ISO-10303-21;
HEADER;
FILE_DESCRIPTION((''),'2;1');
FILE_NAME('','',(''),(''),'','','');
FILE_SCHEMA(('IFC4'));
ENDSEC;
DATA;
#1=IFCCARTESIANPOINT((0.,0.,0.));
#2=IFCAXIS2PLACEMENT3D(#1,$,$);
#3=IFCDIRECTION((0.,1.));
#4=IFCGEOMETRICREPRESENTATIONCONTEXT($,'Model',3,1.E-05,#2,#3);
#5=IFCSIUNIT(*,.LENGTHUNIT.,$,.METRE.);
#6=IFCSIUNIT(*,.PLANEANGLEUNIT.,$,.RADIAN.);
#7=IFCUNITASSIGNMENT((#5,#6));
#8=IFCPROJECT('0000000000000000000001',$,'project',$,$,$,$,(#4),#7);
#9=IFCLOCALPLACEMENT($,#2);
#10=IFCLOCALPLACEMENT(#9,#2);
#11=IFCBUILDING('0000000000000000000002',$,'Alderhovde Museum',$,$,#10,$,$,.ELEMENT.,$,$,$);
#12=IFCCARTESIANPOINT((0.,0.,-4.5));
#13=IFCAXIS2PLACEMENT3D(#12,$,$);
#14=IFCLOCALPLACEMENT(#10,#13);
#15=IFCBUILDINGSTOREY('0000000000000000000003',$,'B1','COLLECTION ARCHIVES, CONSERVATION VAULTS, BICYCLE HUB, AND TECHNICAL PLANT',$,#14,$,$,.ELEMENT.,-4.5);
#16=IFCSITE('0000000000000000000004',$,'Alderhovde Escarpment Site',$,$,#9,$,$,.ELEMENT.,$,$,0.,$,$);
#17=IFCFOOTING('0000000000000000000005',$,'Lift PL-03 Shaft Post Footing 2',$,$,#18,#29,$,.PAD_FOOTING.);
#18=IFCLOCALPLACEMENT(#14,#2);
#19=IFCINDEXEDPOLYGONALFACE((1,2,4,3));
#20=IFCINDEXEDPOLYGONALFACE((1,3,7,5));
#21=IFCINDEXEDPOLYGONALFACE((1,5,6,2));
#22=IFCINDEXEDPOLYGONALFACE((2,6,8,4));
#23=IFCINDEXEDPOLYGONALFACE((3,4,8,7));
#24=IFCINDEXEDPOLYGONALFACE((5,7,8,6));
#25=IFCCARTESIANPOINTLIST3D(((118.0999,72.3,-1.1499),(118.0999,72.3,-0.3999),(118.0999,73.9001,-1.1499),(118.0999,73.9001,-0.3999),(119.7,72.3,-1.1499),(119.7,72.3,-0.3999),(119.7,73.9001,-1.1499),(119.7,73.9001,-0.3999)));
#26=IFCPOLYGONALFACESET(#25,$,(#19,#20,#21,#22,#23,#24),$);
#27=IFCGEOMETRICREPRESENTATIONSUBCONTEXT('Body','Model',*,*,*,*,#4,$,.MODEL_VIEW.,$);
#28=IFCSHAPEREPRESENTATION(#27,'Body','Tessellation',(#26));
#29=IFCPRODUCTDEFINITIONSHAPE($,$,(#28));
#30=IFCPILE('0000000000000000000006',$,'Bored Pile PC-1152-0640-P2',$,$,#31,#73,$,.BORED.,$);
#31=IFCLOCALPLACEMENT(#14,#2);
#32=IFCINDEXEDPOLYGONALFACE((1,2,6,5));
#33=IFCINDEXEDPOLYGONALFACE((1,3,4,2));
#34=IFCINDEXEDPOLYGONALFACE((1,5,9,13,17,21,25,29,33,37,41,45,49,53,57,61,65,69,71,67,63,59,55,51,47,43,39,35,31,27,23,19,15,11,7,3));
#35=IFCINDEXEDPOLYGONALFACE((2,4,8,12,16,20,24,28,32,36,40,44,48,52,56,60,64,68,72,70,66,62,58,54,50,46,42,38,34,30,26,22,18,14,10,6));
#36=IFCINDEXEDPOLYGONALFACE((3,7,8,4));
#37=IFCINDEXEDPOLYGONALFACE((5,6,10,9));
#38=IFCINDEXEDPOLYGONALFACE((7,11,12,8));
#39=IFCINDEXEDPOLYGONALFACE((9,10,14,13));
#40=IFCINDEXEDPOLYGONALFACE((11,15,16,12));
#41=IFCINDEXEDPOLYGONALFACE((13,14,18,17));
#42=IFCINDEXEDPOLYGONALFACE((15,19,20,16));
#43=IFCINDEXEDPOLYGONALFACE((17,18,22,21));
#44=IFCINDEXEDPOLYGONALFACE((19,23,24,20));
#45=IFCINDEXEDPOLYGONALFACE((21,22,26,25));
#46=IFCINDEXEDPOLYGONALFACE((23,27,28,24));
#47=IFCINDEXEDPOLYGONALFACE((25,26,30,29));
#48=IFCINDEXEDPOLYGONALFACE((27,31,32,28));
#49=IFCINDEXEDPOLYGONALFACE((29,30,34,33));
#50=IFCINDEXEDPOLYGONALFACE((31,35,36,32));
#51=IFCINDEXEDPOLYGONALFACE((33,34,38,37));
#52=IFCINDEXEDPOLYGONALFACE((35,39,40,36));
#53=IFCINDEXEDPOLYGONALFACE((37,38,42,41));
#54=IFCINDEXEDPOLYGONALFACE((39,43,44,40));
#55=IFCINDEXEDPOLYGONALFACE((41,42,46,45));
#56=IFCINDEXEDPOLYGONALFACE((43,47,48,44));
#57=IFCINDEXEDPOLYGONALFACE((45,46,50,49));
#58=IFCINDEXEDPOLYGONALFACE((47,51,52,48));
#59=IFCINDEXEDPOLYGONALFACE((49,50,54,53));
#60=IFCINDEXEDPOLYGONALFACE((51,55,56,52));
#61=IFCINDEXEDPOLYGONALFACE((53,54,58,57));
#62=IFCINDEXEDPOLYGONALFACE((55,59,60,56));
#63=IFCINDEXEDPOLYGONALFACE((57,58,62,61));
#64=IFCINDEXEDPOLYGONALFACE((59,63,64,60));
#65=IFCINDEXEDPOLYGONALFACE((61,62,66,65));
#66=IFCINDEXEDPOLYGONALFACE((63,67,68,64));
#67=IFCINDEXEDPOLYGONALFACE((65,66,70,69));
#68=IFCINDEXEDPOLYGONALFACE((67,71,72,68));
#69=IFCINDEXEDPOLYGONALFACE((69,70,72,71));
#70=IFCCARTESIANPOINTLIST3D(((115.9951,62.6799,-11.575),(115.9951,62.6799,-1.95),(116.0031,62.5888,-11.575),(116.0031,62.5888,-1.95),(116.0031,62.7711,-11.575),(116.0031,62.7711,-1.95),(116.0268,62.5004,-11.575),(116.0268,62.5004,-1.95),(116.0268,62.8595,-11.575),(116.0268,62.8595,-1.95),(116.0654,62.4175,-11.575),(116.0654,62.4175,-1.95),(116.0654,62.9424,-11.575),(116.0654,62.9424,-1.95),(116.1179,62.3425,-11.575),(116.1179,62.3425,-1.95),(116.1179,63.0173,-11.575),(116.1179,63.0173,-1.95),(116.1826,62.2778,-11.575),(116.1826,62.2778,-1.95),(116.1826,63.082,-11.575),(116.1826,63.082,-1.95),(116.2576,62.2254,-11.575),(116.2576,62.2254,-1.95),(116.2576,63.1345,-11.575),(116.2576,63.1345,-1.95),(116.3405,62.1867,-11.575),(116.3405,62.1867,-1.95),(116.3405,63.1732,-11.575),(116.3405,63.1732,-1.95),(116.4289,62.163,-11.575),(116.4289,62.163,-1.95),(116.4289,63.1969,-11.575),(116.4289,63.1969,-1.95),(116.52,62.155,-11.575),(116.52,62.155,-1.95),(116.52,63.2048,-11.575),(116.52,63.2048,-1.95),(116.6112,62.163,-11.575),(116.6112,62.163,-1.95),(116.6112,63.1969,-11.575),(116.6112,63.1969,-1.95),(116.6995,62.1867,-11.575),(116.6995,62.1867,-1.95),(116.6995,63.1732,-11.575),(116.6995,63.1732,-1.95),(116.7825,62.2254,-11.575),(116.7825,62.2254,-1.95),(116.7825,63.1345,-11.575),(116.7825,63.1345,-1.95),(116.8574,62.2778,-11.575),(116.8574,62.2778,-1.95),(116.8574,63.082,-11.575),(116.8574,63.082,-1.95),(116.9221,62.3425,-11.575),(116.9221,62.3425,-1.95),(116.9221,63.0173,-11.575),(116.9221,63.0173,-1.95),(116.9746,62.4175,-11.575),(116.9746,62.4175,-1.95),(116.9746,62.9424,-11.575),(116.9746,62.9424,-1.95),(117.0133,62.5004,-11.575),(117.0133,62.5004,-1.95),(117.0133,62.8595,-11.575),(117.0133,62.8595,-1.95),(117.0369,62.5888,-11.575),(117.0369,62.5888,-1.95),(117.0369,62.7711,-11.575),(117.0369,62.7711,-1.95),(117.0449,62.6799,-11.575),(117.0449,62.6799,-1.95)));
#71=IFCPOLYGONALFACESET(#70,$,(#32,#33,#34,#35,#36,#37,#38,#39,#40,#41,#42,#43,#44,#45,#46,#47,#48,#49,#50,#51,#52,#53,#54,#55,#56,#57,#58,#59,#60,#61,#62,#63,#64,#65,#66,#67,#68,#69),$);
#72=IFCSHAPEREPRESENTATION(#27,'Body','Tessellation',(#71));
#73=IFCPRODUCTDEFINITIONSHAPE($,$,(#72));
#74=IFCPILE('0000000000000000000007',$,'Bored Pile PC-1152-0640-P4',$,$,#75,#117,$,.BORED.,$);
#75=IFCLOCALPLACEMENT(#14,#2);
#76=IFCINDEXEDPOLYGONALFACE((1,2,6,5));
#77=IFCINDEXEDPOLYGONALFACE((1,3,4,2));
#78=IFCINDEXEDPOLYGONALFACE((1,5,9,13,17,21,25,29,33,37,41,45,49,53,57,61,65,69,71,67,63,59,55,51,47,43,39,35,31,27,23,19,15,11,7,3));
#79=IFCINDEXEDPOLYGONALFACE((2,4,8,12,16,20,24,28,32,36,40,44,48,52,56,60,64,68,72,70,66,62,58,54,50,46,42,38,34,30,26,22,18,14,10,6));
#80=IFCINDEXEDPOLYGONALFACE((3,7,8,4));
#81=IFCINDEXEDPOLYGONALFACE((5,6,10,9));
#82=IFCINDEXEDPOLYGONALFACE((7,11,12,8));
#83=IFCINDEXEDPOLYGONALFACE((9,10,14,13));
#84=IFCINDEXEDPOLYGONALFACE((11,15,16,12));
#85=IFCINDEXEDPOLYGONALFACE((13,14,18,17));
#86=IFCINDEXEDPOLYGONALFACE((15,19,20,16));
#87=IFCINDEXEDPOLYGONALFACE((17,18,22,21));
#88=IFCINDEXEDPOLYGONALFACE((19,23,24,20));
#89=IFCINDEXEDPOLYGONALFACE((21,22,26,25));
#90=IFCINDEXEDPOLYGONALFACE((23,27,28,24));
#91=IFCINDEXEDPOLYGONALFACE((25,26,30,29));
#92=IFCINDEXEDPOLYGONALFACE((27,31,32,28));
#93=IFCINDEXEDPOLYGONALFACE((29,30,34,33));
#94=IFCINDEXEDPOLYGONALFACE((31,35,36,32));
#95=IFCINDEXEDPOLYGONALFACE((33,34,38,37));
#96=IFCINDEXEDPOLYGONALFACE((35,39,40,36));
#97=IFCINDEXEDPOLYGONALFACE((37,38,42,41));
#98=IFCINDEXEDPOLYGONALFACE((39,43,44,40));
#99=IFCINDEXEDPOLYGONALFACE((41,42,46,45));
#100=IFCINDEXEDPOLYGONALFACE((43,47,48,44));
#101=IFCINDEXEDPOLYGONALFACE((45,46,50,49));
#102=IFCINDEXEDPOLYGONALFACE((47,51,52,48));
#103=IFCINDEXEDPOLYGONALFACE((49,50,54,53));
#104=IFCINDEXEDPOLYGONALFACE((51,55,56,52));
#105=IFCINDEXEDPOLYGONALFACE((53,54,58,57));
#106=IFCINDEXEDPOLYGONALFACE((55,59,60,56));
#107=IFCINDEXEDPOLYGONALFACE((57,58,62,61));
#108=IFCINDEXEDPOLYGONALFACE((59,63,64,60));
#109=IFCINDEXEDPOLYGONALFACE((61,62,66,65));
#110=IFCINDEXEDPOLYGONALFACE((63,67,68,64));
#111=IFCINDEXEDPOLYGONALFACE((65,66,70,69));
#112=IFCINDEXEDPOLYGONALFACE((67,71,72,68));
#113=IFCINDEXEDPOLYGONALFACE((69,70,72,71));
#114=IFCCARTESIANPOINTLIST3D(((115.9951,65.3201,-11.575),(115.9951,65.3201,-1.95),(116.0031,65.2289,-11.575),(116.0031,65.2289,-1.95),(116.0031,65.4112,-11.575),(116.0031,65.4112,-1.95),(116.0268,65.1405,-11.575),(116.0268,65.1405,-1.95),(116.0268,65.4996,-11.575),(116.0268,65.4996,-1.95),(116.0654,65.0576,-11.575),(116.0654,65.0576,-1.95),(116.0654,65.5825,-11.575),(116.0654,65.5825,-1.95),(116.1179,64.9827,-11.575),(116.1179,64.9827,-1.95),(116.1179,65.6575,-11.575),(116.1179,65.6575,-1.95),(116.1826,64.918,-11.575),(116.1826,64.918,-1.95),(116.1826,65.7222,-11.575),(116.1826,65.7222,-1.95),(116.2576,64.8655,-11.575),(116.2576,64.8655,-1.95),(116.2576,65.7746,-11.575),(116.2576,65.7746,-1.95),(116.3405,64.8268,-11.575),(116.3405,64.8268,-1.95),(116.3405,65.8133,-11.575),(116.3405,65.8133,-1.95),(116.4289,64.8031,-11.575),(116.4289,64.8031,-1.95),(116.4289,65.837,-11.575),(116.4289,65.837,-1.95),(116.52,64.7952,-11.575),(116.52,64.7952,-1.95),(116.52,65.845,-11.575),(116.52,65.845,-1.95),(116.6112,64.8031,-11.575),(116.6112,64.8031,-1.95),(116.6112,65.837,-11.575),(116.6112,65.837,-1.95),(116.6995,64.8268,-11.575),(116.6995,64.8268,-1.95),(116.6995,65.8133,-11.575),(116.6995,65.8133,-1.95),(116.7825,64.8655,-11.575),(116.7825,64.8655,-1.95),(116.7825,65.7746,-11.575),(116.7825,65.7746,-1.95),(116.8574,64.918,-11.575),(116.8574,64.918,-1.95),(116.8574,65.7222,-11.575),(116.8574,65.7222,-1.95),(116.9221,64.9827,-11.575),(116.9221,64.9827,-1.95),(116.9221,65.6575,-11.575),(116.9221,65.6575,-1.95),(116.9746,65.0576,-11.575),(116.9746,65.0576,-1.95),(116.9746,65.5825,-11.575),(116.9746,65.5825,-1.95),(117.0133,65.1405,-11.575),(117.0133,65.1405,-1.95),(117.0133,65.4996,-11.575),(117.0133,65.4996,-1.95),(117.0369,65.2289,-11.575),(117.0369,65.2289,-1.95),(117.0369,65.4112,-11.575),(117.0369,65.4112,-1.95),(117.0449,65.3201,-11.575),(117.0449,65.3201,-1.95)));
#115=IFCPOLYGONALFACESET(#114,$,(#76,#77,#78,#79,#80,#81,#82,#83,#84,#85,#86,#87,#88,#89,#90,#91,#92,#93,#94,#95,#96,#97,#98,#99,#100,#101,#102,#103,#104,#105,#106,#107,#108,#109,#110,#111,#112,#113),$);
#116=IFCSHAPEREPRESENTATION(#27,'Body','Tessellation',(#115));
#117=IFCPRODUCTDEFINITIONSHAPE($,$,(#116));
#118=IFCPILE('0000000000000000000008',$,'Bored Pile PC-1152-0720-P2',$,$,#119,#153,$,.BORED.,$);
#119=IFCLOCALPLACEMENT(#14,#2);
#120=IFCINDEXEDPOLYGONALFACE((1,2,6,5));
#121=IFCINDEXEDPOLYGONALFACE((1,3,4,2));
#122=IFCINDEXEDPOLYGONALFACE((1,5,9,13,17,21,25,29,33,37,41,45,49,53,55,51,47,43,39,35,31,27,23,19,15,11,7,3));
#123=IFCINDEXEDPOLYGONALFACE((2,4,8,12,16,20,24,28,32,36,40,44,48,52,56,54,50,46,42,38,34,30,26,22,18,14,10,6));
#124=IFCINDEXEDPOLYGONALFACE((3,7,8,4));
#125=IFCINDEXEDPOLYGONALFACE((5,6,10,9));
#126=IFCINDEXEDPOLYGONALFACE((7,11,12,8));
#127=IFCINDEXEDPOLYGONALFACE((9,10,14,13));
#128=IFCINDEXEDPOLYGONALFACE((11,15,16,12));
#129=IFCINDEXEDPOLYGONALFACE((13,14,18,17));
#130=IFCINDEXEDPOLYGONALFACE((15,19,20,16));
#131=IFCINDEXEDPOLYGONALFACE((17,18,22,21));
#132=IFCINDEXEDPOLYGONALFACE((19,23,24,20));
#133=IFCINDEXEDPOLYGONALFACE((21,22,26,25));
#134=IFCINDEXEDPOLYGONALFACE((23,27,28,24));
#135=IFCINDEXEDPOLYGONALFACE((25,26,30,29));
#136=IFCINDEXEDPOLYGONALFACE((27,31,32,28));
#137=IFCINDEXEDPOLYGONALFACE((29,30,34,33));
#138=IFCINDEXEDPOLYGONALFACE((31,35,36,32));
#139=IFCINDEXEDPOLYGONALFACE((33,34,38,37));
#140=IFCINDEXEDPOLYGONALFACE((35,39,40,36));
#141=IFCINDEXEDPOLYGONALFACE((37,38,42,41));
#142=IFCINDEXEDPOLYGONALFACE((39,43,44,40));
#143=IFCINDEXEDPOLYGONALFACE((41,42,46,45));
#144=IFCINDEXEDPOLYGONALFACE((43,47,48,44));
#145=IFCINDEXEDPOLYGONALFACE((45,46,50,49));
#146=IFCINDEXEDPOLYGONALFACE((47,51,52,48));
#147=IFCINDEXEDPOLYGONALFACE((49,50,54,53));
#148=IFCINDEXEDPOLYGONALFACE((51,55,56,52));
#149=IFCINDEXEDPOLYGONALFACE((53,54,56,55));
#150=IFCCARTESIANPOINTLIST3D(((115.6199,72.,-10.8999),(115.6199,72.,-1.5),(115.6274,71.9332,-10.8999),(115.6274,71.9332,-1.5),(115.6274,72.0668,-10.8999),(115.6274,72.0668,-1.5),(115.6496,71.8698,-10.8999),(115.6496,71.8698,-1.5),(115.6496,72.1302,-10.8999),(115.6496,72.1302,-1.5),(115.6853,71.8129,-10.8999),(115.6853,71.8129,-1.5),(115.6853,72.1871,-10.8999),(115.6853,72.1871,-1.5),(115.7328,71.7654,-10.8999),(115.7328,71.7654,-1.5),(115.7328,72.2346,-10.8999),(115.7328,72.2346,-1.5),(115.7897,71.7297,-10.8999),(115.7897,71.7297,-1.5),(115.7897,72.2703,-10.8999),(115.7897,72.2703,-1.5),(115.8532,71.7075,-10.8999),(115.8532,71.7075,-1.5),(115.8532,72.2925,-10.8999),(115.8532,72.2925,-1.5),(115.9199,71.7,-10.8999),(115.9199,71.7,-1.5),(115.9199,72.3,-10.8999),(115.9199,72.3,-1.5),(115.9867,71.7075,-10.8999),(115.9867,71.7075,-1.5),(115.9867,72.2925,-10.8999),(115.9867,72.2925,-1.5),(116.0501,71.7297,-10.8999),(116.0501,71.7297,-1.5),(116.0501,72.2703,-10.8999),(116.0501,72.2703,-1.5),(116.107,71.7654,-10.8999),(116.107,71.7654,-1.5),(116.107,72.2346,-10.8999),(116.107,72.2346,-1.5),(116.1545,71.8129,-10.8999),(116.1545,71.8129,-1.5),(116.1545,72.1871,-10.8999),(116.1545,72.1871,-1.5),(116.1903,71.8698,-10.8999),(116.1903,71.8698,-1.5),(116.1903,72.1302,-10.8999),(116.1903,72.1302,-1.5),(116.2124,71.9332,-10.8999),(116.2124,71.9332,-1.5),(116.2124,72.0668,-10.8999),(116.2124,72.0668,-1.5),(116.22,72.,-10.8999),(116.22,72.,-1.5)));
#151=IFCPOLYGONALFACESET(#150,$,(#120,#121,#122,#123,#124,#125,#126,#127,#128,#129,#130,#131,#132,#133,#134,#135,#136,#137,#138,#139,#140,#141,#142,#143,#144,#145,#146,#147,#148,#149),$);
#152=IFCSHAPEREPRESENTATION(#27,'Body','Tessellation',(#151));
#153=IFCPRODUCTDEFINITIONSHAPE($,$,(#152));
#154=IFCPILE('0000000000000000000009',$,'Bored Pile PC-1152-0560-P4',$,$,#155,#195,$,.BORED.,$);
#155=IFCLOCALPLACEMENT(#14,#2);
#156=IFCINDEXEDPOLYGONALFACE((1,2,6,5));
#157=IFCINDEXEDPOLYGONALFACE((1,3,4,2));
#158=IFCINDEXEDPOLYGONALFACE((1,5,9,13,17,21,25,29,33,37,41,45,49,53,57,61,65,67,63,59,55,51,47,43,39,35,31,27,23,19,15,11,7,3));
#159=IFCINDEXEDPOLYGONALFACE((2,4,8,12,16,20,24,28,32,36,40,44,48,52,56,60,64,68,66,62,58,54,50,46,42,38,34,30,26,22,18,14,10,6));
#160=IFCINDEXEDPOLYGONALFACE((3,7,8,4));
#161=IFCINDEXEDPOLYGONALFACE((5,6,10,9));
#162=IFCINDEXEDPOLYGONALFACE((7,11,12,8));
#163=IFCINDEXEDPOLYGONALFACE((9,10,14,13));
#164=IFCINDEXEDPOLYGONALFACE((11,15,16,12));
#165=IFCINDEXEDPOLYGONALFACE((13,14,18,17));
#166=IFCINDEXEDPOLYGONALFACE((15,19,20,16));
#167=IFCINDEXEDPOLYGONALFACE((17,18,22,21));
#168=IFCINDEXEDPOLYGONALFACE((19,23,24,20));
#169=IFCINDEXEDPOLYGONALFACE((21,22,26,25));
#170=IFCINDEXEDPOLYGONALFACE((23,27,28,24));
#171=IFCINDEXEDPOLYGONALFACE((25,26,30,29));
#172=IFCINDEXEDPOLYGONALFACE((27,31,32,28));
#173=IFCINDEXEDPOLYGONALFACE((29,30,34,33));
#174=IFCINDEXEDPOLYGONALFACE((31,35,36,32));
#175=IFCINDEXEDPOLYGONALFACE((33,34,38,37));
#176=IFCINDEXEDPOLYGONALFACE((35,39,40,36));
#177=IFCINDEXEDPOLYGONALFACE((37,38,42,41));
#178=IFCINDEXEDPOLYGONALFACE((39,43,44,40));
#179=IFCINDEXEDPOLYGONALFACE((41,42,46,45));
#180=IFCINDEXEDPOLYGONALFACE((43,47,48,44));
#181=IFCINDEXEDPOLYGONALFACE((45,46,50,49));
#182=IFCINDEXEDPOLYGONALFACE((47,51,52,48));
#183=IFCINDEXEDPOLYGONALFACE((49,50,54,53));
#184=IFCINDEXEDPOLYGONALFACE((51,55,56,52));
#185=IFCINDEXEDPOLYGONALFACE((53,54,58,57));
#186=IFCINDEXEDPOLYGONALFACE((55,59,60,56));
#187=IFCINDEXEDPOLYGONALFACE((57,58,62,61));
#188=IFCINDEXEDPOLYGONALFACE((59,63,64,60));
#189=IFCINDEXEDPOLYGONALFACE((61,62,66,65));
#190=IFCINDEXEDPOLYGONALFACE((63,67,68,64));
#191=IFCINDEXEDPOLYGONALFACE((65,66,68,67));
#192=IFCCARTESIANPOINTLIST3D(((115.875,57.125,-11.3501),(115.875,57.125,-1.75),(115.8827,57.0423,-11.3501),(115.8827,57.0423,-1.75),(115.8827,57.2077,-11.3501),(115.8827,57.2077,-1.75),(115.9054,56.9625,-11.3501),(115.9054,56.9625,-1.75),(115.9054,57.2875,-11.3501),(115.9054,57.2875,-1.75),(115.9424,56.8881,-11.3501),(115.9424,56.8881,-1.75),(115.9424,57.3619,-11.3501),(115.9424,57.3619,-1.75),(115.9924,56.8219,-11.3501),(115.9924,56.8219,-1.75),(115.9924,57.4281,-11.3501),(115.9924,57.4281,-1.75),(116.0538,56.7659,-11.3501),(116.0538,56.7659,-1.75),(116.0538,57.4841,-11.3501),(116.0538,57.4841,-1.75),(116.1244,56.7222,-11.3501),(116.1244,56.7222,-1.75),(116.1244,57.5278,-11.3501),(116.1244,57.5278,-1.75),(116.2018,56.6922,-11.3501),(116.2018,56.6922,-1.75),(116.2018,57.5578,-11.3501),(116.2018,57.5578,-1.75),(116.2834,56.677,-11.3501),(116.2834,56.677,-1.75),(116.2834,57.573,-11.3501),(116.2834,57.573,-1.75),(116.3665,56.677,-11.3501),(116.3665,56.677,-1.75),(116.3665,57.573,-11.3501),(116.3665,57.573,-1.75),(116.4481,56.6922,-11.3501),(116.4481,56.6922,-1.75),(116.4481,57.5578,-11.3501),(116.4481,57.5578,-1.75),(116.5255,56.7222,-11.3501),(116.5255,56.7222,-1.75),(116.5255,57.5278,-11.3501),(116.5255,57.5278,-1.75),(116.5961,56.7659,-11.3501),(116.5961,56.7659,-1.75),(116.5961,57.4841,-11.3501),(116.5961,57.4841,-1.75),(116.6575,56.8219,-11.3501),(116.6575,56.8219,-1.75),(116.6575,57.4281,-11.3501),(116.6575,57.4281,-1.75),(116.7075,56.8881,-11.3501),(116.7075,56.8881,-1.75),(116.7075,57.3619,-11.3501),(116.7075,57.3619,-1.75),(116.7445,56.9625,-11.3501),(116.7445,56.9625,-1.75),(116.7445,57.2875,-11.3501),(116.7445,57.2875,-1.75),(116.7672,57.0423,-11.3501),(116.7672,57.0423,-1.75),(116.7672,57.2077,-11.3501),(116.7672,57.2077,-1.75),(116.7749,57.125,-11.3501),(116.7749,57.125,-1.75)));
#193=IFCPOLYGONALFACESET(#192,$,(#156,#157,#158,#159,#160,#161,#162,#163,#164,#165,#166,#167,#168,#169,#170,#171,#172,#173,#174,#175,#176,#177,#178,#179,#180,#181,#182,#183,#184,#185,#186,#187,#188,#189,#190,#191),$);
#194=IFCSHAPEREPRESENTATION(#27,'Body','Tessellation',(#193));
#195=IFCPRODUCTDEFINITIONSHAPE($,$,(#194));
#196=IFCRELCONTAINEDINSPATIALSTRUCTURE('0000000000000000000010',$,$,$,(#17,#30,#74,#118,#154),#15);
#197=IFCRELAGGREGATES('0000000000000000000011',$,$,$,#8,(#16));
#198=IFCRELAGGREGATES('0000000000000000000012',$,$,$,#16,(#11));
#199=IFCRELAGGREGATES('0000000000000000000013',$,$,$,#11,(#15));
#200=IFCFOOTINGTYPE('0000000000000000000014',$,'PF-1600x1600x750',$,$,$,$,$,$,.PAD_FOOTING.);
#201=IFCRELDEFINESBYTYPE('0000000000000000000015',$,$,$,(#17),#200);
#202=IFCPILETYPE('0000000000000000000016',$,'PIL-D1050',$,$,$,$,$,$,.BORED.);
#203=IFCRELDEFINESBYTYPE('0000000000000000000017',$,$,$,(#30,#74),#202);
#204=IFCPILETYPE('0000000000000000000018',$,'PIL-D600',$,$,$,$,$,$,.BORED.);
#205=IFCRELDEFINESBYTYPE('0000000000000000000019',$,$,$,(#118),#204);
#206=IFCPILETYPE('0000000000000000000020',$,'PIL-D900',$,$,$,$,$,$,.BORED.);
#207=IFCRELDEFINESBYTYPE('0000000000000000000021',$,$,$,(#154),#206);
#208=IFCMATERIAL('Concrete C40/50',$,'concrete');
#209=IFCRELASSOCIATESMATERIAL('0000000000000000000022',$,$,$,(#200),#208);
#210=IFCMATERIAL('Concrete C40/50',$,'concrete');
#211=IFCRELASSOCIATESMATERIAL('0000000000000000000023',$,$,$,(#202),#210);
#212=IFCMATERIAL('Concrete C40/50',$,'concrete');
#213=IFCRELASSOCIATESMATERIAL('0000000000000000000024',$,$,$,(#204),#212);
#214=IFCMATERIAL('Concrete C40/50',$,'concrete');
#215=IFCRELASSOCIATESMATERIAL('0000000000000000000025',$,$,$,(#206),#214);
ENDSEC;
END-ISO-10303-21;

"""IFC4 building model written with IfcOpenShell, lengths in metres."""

from ifc_helpers import new_model, si_unit, direction, frame, origin, origin_2d, place, context, subcontext, project, spatial, rectangle, circle, extrude, material, material_profile, profile_set, type_object, element, save


model = new_model("IFC4")

# Units and contexts
model_context = context("Model", 3, precision=1e-05, world=origin(), true_north=direction((0.0, 1.0)))
body_context = subcontext(model_context, "Body", "Model", "MODEL_VIEW")
ifc_project = project(units=[si_unit("LENGTHUNIT", "METRE"), si_unit("PLANEANGLEUNIT", "RADIAN")], contexts=[model_context])

# Site, building, storey
site_placement = place(None, origin())
site = spatial("IfcSite", under=ifc_project, at=site_placement, Name="Alderhovde Escarpment Site", CompositionType="ELEMENT", RefElevation=0.0)
building_placement = place(site_placement, origin())
building = spatial("IfcBuilding", under=site, at=building_placement, Name="Alderhovde Museum", CompositionType="ELEMENT")
storey_placement = place(building_placement, frame((0.0, 0.0, -4.5)))
storey = spatial("IfcBuildingStorey", under=building, at=storey_placement, Name="B1", Description="COLLECTION ARCHIVES, CONSERVATION VAULTS, BICYCLE HUB, AND TECHNICAL PLANT", CompositionType="ELEMENT", Elevation=-4.5)

# Footing
ifc_material_1 = material(Name="Concrete C40/50", Category="concrete")
footing_type = type_object("IfcFootingType", Name="PF-1600x1600x750", PredefinedType="PAD_FOOTING", material=ifc_material_1)
footing_placement = place(storey_placement, frame((118.8999, 73.1001, -1.1499), z_axis=(0.0, 0.0, 1.0), x_axis=(1.0, 0.0, 0.0)))
element("IfcFooting", 1, at=footing_placement, inside=storey, type_object=footing_type, Name="Lift PL-03 Shaft Post Footing 2", PredefinedType="PAD_FOOTING", context=body_context, shape_type="SweptSolid", body=[
    extrude(rectangle(XDim=1.6001, YDim=1.6001, at=origin_2d()), origin(), (0.0, 0.0, 1.0), 0.75),
])

# Piles
ifc_material_2 = material(Name="Concrete C40/50", Category="concrete")
ifc_material_profile_1 = material_profile(ifc_material_2, circle(Radius=0.5249, at=origin_2d()), Name="PILE-D1050")
ifc_profile_set_1 = profile_set([ifc_material_profile_1], Name="Concrete C40/50")
pile_type_1 = type_object("IfcPileType", Name="PIL-D1050", PredefinedType="BORED", material=ifc_profile_set_1)
for number, where, z_axis, x_axis, name in (
    (2, (116.52, 62.6799, -1.95), (0.0, 0.0, -1.0), (1.0, 0.0, 0.0), "Bored Pile PC-1152-0640-P2"),
    (3, (116.52, 65.3201, -1.95), (0.0, 0.0, -1.0), (1.0, 0.0, 0.0), "Bored Pile PC-1152-0640-P4"),
):
    element("IfcPile", number, at=place(storey_placement, frame(where, z_axis=z_axis, x_axis=x_axis)), inside=storey, type_object=pile_type_1, Name=name, PredefinedType="BORED", context=body_context, shape_type="SweptSolid", body=[
        extrude(circle(Radius=0.5249, at=origin_2d()), origin(), (0.0, 0.0, 1.0), 9.625),
    ])
ifc_material_3 = material(Name="Concrete C40/50", Category="concrete")
ifc_material_profile_2 = material_profile(ifc_material_3, circle(Radius=0.3, at=origin_2d()), Name="PILE-D600")
ifc_profile_set_2 = profile_set([ifc_material_profile_2], Name="Concrete C40/50")
pile_type_2 = type_object("IfcPileType", Name="PIL-D600", PredefinedType="BORED", material=ifc_profile_set_2)
pile_1_placement = place(storey_placement, frame((115.9199, 72.0, -1.5), z_axis=(0.0, 0.0, -1.0), x_axis=(1.0, 0.0, 0.0)))
element("IfcPile", 4, at=pile_1_placement, inside=storey, type_object=pile_type_2, Name="Bored Pile PC-1152-0720-P2", PredefinedType="BORED", context=body_context, shape_type="SweptSolid", body=[
    extrude(circle(Radius=0.3, at=origin_2d()), origin(), (0.0, 0.0, 1.0), 9.3999),
])
ifc_material_4 = material(Name="Concrete C40/50", Category="concrete")
ifc_material_profile_3 = material_profile(ifc_material_4, circle(Radius=0.45, at=origin_2d()), Name="PILE-D900")
ifc_profile_set_3 = profile_set([ifc_material_profile_3], Name="Concrete C40/50")
pile_type_3 = type_object("IfcPileType", Name="PIL-D900", PredefinedType="BORED", material=ifc_profile_set_3)
pile_2_placement = place(storey_placement, frame((116.325, 57.125, -1.75), z_axis=(0.0, 0.0, -1.0), x_axis=(1.0, 0.0, 0.0)))
element("IfcPile", 5, at=pile_2_placement, inside=storey, type_object=pile_type_3, Name="Bored Pile PC-1152-0560-P4", PredefinedType="BORED", context=body_context, shape_type="SweptSolid", body=[
    extrude(circle(Radius=0.45, at=origin_2d()), origin(), (0.0, 0.0, 1.0), 9.6001),
])

save(model, "model.ifc")
